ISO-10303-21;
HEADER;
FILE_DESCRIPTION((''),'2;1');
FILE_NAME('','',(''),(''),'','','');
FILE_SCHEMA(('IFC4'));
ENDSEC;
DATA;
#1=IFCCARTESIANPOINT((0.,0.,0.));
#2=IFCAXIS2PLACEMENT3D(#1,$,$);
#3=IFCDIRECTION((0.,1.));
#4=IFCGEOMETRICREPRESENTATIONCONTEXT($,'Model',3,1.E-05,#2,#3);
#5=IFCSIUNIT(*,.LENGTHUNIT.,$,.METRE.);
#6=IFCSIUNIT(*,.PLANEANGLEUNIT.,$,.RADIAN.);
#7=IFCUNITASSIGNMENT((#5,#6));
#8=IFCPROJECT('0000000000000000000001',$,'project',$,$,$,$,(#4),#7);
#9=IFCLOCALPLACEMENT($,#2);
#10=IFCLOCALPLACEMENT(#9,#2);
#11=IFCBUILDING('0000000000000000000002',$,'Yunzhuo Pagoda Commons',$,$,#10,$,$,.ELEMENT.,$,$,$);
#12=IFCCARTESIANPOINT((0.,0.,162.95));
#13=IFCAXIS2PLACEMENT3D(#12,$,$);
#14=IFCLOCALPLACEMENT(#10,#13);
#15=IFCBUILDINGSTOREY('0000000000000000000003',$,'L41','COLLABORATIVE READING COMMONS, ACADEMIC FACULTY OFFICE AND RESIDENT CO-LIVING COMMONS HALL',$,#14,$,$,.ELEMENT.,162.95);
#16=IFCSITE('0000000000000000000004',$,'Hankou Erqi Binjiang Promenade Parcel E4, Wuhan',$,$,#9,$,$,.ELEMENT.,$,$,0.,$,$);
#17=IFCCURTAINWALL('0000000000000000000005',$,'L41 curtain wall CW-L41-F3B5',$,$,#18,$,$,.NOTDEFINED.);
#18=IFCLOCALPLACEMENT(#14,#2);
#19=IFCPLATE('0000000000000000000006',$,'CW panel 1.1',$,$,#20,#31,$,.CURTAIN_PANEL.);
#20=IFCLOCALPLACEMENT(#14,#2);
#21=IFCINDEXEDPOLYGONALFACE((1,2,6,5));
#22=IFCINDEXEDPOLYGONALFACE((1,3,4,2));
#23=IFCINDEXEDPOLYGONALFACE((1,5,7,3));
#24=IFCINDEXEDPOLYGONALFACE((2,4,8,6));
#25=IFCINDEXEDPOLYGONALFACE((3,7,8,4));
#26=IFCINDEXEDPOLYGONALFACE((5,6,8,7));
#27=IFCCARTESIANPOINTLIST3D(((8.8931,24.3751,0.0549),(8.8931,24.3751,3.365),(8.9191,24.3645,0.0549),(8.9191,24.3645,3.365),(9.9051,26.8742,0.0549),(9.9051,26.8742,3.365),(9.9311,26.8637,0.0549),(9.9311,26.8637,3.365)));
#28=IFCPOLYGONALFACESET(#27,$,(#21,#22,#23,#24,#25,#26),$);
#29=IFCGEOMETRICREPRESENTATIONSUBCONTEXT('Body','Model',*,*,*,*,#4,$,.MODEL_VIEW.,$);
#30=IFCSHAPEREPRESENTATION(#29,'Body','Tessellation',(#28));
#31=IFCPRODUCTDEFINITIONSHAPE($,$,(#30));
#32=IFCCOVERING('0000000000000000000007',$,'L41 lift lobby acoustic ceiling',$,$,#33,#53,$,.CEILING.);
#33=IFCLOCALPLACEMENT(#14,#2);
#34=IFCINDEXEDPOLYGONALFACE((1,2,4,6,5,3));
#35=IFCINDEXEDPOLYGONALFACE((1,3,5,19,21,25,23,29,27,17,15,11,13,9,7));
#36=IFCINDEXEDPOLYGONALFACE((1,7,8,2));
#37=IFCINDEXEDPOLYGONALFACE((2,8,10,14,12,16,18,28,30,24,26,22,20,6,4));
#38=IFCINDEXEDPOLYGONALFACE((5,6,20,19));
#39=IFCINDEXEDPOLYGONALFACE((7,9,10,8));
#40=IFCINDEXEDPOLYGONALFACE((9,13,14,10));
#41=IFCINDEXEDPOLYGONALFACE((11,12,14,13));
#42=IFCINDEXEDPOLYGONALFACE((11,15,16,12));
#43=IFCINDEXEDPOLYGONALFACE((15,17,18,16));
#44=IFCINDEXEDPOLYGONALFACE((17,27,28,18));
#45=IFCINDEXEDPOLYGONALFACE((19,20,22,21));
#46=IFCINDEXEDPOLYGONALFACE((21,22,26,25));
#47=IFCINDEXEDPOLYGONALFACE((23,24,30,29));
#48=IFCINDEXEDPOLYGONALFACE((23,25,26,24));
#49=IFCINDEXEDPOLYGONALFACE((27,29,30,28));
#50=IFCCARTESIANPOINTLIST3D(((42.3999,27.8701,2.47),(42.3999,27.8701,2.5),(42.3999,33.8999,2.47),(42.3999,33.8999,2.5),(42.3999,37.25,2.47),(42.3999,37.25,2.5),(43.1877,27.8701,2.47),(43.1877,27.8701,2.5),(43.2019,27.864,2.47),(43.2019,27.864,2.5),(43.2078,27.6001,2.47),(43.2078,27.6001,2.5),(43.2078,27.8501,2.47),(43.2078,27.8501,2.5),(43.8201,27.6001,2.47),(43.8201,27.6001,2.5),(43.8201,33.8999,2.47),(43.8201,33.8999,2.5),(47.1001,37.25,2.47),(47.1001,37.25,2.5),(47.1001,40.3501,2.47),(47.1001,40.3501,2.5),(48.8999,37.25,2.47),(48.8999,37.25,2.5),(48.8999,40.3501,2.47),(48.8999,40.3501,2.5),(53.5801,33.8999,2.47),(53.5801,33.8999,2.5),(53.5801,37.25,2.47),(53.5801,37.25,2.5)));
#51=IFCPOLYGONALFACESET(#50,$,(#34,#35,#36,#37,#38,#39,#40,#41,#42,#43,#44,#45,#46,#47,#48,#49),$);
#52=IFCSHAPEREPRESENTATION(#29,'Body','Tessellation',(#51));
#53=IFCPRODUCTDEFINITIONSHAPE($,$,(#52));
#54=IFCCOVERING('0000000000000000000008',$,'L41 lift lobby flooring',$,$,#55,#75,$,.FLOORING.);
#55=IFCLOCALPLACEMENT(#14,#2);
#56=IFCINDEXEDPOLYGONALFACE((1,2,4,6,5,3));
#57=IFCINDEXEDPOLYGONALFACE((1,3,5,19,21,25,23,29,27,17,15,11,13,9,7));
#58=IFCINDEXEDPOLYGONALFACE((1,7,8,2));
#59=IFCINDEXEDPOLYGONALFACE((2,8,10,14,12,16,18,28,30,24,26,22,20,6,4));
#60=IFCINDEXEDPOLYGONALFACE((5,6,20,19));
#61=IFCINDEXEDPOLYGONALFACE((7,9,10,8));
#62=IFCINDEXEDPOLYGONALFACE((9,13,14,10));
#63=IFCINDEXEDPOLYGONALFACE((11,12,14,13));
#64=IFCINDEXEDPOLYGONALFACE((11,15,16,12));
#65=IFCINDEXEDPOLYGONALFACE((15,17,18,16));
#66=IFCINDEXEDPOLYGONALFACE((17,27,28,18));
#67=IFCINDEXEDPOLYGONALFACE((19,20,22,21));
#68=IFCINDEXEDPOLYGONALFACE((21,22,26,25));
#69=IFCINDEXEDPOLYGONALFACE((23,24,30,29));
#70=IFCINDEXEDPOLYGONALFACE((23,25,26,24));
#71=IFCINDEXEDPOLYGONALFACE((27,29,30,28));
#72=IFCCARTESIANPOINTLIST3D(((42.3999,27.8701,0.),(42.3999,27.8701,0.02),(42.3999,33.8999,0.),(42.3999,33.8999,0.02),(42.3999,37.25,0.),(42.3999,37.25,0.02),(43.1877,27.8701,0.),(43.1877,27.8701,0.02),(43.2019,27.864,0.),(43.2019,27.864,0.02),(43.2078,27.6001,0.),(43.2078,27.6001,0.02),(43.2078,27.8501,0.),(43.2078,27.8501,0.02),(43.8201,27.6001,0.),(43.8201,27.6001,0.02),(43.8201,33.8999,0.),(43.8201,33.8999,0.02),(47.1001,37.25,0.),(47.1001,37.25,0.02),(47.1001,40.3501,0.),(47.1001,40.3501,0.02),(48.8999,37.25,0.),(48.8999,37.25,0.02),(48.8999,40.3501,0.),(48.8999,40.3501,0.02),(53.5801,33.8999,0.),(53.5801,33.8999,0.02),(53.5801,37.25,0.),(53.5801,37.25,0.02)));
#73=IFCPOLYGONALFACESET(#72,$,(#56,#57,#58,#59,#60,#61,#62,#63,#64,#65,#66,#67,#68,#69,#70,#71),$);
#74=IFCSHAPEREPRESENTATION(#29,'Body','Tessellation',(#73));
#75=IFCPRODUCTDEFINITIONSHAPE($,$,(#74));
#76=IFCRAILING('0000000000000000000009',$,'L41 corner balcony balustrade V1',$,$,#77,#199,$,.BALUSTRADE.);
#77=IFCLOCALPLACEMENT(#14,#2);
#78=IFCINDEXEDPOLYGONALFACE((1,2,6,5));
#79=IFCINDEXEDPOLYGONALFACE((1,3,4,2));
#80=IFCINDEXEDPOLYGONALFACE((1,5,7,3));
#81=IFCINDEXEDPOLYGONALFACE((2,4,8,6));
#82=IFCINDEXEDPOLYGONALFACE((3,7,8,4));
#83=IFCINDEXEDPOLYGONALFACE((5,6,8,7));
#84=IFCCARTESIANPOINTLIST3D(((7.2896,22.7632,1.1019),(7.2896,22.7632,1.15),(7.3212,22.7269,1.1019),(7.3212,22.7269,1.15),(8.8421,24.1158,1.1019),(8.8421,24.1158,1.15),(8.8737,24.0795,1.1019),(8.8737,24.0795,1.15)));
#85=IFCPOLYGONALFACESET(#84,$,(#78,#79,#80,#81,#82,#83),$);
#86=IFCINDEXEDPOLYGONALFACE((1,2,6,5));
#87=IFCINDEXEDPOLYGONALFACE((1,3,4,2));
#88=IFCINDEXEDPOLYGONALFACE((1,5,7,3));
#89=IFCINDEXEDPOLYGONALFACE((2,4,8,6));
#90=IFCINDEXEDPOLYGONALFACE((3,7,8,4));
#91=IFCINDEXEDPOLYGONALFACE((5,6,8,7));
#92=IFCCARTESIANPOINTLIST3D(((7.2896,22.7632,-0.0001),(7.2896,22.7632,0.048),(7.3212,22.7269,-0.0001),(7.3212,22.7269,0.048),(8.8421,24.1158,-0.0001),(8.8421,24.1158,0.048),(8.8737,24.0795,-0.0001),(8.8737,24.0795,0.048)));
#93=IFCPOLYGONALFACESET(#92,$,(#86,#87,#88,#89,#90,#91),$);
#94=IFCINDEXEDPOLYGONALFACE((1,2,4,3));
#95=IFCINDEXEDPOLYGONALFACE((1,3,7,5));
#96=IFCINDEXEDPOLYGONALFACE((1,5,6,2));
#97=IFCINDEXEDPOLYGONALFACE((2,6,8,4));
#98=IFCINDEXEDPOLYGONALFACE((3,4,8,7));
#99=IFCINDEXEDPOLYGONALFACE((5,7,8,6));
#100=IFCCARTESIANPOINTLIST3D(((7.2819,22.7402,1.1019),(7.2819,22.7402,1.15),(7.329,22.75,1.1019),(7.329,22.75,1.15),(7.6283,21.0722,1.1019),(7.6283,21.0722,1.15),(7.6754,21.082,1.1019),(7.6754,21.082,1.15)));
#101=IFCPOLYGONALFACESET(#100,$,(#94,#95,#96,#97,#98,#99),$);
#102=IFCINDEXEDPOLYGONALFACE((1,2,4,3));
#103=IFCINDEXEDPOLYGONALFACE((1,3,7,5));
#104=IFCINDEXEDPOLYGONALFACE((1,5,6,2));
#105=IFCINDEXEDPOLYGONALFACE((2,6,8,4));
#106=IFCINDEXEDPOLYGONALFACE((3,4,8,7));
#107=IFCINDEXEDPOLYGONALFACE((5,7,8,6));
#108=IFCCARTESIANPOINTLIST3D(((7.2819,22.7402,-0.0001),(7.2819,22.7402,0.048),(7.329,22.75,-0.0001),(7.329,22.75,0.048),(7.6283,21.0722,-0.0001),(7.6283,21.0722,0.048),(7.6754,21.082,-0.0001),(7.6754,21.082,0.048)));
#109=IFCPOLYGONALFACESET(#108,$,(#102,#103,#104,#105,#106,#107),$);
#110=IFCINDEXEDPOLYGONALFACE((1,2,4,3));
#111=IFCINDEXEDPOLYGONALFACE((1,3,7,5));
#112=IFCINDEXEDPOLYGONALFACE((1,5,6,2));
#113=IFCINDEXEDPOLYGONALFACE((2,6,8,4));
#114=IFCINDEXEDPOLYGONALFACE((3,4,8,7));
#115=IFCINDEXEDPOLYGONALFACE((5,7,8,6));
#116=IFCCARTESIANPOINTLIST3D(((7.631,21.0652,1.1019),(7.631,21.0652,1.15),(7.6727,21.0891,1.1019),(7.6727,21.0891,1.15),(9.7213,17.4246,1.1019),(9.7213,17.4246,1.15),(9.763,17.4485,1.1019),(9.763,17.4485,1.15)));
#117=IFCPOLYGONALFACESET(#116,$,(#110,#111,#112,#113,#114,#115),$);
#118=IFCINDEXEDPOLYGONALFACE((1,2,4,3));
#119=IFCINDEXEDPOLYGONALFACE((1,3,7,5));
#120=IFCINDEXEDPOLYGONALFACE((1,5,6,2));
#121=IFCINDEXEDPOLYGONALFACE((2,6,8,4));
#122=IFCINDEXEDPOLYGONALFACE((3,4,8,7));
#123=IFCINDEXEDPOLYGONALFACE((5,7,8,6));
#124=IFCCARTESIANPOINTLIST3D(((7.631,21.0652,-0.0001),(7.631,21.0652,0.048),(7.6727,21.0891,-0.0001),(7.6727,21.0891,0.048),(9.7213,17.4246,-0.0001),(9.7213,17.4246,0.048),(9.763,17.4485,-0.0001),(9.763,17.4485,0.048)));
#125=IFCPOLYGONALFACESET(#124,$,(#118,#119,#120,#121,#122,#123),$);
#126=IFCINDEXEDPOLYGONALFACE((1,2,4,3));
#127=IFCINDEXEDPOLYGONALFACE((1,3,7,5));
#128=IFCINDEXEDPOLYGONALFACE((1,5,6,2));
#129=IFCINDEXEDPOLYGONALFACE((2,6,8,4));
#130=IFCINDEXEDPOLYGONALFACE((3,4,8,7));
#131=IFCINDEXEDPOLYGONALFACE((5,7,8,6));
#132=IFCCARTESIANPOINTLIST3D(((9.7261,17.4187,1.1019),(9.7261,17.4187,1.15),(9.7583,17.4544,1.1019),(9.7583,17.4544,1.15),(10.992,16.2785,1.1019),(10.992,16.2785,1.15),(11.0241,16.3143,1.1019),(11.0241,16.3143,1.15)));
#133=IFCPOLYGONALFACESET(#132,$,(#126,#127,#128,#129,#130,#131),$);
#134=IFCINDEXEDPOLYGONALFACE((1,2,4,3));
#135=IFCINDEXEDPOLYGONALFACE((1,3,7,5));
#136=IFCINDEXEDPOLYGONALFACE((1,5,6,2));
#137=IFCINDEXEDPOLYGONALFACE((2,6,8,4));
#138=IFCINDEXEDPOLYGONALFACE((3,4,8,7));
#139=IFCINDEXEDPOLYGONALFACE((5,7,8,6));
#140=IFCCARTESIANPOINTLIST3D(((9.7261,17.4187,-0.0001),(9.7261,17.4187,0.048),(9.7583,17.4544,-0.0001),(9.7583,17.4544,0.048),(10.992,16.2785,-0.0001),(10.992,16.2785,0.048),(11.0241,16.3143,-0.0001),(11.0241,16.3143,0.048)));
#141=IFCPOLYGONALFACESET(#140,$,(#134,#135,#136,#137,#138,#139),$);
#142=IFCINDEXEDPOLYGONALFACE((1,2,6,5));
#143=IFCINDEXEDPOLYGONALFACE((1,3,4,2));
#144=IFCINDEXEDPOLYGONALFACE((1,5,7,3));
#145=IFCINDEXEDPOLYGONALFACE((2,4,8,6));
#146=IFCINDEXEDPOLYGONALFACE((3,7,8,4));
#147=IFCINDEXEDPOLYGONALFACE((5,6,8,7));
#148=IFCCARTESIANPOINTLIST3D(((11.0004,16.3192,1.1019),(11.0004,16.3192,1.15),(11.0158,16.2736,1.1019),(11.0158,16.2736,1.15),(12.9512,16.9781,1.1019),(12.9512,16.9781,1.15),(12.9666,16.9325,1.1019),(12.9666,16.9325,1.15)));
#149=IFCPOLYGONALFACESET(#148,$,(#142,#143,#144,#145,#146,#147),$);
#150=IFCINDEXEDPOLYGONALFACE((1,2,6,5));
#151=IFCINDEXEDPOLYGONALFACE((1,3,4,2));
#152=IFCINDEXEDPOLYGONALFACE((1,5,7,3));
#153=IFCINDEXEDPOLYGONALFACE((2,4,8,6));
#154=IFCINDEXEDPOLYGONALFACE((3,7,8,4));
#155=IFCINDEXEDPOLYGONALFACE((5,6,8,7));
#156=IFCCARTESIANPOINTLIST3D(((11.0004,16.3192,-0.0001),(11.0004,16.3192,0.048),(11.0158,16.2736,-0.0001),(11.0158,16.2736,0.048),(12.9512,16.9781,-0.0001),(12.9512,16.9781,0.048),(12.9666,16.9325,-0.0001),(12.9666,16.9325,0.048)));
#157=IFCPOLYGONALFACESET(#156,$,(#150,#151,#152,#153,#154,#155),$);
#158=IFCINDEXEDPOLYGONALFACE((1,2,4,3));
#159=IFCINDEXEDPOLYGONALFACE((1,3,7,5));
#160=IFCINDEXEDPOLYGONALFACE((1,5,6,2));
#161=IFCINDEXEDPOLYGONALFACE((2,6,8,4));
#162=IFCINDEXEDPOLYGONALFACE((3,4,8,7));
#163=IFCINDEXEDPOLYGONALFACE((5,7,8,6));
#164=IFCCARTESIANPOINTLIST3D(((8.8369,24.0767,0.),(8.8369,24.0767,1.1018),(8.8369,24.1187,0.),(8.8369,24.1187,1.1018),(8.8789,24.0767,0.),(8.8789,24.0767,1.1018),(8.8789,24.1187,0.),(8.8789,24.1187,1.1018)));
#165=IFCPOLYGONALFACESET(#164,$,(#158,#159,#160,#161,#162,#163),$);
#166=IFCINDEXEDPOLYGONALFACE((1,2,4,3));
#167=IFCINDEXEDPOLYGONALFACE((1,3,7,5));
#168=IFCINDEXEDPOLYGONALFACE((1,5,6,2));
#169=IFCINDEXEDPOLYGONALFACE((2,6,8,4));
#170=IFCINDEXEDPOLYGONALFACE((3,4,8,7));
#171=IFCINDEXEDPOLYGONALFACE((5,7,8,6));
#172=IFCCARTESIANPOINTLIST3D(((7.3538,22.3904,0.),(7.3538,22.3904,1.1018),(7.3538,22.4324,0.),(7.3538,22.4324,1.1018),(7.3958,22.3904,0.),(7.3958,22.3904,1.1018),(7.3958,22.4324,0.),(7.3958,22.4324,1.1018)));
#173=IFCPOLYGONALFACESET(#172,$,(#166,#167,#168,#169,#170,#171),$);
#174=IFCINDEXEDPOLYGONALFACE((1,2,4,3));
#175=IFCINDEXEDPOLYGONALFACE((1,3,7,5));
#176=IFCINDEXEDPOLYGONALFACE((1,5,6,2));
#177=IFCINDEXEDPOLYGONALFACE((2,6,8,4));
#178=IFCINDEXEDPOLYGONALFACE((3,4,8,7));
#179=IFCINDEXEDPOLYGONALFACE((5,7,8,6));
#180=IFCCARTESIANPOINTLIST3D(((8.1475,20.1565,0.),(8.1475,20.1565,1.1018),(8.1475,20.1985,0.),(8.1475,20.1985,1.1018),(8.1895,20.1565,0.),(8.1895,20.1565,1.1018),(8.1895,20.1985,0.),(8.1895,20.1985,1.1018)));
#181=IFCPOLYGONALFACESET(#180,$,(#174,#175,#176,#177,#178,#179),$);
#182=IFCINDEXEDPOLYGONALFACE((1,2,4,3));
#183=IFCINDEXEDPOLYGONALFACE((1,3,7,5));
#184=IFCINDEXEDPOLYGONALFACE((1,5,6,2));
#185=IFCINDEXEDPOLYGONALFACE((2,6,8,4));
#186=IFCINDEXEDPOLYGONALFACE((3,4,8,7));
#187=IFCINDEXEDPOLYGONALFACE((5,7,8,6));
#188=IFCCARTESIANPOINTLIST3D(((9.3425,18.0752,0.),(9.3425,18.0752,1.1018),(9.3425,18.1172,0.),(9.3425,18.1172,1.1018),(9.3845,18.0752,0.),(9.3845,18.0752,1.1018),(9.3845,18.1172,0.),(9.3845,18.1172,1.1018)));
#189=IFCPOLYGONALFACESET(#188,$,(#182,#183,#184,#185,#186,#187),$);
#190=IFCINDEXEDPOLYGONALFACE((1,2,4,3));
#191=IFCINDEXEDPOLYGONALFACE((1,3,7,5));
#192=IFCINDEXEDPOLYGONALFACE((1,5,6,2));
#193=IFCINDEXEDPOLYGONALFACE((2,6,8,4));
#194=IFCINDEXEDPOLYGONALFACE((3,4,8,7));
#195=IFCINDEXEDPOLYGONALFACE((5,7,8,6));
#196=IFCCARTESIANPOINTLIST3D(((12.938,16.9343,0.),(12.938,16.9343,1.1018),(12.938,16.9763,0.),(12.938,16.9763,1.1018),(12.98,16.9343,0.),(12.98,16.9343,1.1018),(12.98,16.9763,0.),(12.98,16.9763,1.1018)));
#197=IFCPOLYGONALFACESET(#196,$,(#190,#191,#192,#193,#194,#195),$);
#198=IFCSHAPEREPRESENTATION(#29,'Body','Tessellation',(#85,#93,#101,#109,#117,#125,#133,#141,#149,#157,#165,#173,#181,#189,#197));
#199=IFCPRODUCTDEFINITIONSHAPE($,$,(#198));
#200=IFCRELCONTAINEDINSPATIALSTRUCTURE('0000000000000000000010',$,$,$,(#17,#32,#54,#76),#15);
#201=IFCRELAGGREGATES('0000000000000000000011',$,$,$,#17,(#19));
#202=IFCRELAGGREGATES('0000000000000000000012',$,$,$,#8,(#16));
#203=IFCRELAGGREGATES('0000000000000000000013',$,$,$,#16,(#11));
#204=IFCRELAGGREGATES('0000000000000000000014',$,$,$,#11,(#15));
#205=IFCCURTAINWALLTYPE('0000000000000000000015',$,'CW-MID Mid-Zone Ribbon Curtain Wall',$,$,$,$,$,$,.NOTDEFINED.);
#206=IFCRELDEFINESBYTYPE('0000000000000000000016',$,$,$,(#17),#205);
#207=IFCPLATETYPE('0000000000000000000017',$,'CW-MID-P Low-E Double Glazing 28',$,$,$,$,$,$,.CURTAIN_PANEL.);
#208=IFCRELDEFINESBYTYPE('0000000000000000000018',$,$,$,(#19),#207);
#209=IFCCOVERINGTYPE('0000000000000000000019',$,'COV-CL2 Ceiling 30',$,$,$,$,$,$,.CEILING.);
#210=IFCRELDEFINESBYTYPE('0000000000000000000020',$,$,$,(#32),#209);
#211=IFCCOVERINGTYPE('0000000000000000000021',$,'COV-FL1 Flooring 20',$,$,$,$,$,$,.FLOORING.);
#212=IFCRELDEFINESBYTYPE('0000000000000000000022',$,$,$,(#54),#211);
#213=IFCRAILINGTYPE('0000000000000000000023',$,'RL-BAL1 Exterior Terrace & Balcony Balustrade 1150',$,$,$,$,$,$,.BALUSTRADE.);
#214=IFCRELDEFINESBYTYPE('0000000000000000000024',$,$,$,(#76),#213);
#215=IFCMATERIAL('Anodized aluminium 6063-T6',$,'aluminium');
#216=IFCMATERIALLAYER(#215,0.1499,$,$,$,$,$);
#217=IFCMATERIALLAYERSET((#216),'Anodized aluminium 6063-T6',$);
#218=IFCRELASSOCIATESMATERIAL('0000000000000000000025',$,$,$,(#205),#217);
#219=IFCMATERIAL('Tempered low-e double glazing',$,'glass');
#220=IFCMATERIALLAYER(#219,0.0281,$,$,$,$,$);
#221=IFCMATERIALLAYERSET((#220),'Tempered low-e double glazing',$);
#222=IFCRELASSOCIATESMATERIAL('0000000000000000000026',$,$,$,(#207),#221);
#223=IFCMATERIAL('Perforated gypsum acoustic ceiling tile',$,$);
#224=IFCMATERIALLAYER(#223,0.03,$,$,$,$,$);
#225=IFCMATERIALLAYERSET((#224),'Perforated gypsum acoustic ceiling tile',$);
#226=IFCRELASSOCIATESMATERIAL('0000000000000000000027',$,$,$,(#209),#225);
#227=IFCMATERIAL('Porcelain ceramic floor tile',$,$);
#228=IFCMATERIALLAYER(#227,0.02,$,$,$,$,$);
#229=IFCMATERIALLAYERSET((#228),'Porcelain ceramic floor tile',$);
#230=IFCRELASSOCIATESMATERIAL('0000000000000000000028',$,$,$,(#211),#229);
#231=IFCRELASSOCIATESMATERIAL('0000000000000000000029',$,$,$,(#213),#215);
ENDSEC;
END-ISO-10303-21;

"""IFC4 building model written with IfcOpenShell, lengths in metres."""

from ifc_helpers import new_model, si_unit, direction, frame, origin, origin_2d, place, context, subcontext, project, spatial, polyline, rectangle, outline, extrude, source, transform, mapped, material, layer, layer_set, type_object, element, aggregate, save


model = new_model("IFC4")

# Units and contexts
model_context = context("Model", 3, precision=1e-05, world=origin(), true_north=direction((0.0, 1.0)))
body_context = subcontext(model_context, "Body", "Model", "MODEL_VIEW")
ifc_project = project(units=[si_unit("LENGTHUNIT", "METRE"), si_unit("PLANEANGLEUNIT", "RADIAN")], contexts=[model_context])

# Site, building, storey
site_placement = place(None, origin())
site = spatial("IfcSite", under=ifc_project, at=site_placement, Name="Hankou Erqi Binjiang Promenade Parcel E4, Wuhan", CompositionType="ELEMENT", RefElevation=0.0)
building_placement = place(site_placement, origin())
building = spatial("IfcBuilding", under=site, at=building_placement, Name="Yunzhuo Pagoda Commons", CompositionType="ELEMENT")
storey_placement = place(building_placement, frame((0.0, 0.0, 162.95)))
storey = spatial("IfcBuildingStorey", under=building, at=storey_placement, Name="L41", Description="COLLABORATIVE READING COMMONS, ACADEMIC FACULTY OFFICE AND RESIDENT CO-LIVING COMMONS HALL", CompositionType="ELEMENT", Elevation=162.95)

# Shared definitions
ifc_material_1 = material(Name="Anodized aluminium 6063-T6", Category="aluminium")
ifc_layer_1 = layer(ifc_material_1, 0.1499)
ifc_layer_set_1 = layer_set([ifc_layer_1], Name="Anodized aluminium 6063-T6")
curtain_wall_type = type_object("IfcCurtainWallType", Name="CW-MID Mid-Zone Ribbon Curtain Wall", PredefinedType="NOTDEFINED", material=ifc_layer_set_1)

# Curtain wall
curtain_wall_1_placement = place(storey_placement, origin())
curtain_wall_1 = element("IfcCurtainWall", 1, at=curtain_wall_1_placement, inside=storey, type_object=curtain_wall_type, Name="L41 curtain wall CW-L41-F3B5", PredefinedType="NOTDEFINED")

# Plate
ifc_material_2 = material(Name="Tempered low-e double glazing", Category="glass")
ifc_layer_2 = layer(ifc_material_2, 0.0281)
ifc_layer_set_2 = layer_set([ifc_layer_2], Name="Tempered low-e double glazing")
plate_type = type_object("IfcPlateType", Name="CW-MID-P Low-E Double Glazing 28", PredefinedType="CURTAIN_PANEL", material=ifc_layer_set_2)
shared_shape_1 = source(origin(), body_context, "Body", "SweptSolid", [
    extrude(rectangle(XDim=2.6963, YDim=0.0281, at=origin_2d()), origin(), (0.0, 0.0, 1.0), 3.3101),
])
plate_placement = place(storey_placement, frame((9.4121, 25.6194, 0.0549), z_axis=(0.0, 0.0, 1.0), x_axis=(-0.375318, -0.926896, 0.0)))
plate = element("IfcPlate", 2, at=plate_placement, type_object=plate_type, Name="CW panel 1.1", PredefinedType="CURTAIN_PANEL", context=body_context, shape_type="MappedRepresentation", body=[
    mapped(shared_shape_1, transform((0.0, 0.0, 0.0), scale=1.0)),
])
aggregate(curtain_wall_1, [plate])

# Coverings
ifc_material_3 = material(Name="Perforated gypsum acoustic ceiling tile")
ifc_layer_3 = layer(ifc_material_3, 0.03)
ifc_layer_set_3 = layer_set([ifc_layer_3], Name="Perforated gypsum acoustic ceiling tile")
covering_type_1 = type_object("IfcCoveringType", Name="COV-CL2 Ceiling 30", PredefinedType="CEILING", material=ifc_layer_set_3)
covering_1_placement = place(storey_placement, frame((0.0, 0.0, 2.47)))
element("IfcCovering", 3, at=covering_1_placement, inside=storey, type_object=covering_type_1, Name="L41 lift lobby acoustic ceiling", PredefinedType="CEILING", context=body_context, shape_type="SweptSolid", body=[
    extrude(outline(polyline([(43.2078, 27.8501), (43.2019, 27.864), (43.1877, 27.8701), (42.3999, 27.8701), (42.3999, 33.8999), (42.3999, 37.25), (47.1001, 37.25), (47.1001, 40.3501), (48.8999, 40.3501), (48.8999, 37.25), (53.5801, 37.25), (53.5801, 33.8999), (43.8201, 33.8999), (43.8201, 27.6001), (43.2078, 27.6001), (43.2078, 27.8501)])), origin(), (0.0, 0.0, 1.0), 0.03),
])
ifc_material_4 = material(Name="Porcelain ceramic floor tile")
ifc_layer_4 = layer(ifc_material_4, 0.02)
ifc_layer_set_4 = layer_set([ifc_layer_4], Name="Porcelain ceramic floor tile")
covering_type_2 = type_object("IfcCoveringType", Name="COV-FL1 Flooring 20", PredefinedType="FLOORING", material=ifc_layer_set_4)
covering_2_placement = place(storey_placement, origin())
element("IfcCovering", 4, at=covering_2_placement, inside=storey, type_object=covering_type_2, Name="L41 lift lobby flooring", PredefinedType="FLOORING", context=body_context, shape_type="SweptSolid", body=[
    extrude(outline(polyline([(43.2078, 27.8501), (43.2019, 27.864), (43.1877, 27.8701), (42.3999, 27.8701), (42.3999, 33.8999), (42.3999, 37.25), (47.1001, 37.25), (47.1001, 40.3501), (48.8999, 40.3501), (48.8999, 37.25), (53.5801, 37.25), (53.5801, 33.8999), (43.8201, 33.8999), (43.8201, 27.6001), (43.2078, 27.6001), (43.2078, 27.8501)])), origin(), (0.0, 0.0, 1.0), 0.02),
])

# Railing
railing_type = type_object("IfcRailingType", Name="RL-BAL1 Exterior Terrace & Balcony Balustrade 1150", PredefinedType="BALUSTRADE", material=ifc_material_1)
railing_placement = place(storey_placement, frame((8.8579, 24.0977, 0.0)))
element("IfcRailing", 5, at=railing_placement, inside=storey, type_object=railing_type, Name="L41 corner balcony balustrade V1", PredefinedType="BALUSTRADE", context=body_context, shape_type="SweptSolid", body=[
    extrude(rectangle(XDim=0.0481, YDim=0.0481, at=origin_2d()), frame((0.0, 0.0, 1.126), z_axis=(-0.753993, -0.656883, 0.0), x_axis=(0.656883, -0.753993, 0.0)), (0.0, 0.0, 1.0), 2.0591),
    extrude(rectangle(XDim=0.0481, YDim=0.0481, at=origin_2d()), frame((0.0, 0.0, 0.0239), z_axis=(-0.753993, -0.656883, 0.0), x_axis=(0.656883, -0.753993, 0.0)), (0.0, 0.0, 1.0), 2.0591),
    extrude(rectangle(XDim=0.0481, YDim=0.0481, at=origin_2d()), frame((-1.5525, -1.3525, 1.126), z_axis=(0.203359, -0.979104, 0.0), x_axis=(0.979104, 0.203359, 0.0)), (0.0, 0.0, 1.0), 1.7036),
    extrude(rectangle(XDim=0.0481, YDim=0.0481, at=origin_2d()), frame((-1.5525, -1.3525, 0.0239), z_axis=(0.203359, -0.979104, 0.0), x_axis=(0.979104, 0.203359, 0.0)), (0.0, 0.0, 1.0), 1.7036),
    extrude(rectangle(XDim=0.0481, YDim=0.0481, at=origin_2d()), frame((-1.2061, -3.0205, 1.126), z_axis=(0.497929, -0.867218, 0.0), x_axis=(0.867218, 0.497929, 0.0)), (0.0, 0.0, 1.0), 4.198),
    extrude(rectangle(XDim=0.0481, YDim=0.0481, at=origin_2d()), frame((-1.2061, -3.0205, 0.0239), z_axis=(0.497929, -0.867218, 0.0), x_axis=(0.867218, 0.497929, 0.0)), (0.0, 0.0, 1.0), 4.198),
    extrude(rectangle(XDim=0.0481, YDim=0.0481, at=origin_2d()), frame((0.8843, -6.6611, 1.126), z_axis=(0.743045, -0.669242, 0.0), x_axis=(0.669242, 0.743045, 0.0)), (0.0, 0.0, 1.0), 1.7036),
    extrude(rectangle(XDim=0.0481, YDim=0.0481, at=origin_2d()), frame((0.8843, -6.6611, 0.0239), z_axis=(0.743045, -0.669242, 0.0), x_axis=(0.669242, 0.743045, 0.0)), (0.0, 0.0, 1.0), 1.7036),
    extrude(rectangle(XDim=0.0481, YDim=0.0481, at=origin_2d()), frame((2.1501, -7.8013, 1.126), z_axis=(0.947419, 0.319996, 0.0), x_axis=(-0.319996, 0.947419, 0.0)), (0.0, 0.0, 1.0), 2.0591),
    extrude(rectangle(XDim=0.0481, YDim=0.0481, at=origin_2d()), frame((2.1501, -7.8013, 0.0239), z_axis=(0.947419, 0.319996, 0.0), x_axis=(-0.319996, 0.947419, 0.0)), (0.0, 0.0, 1.0), 2.0591),
    extrude(rectangle(XDim=0.042, YDim=0.042, at=origin_2d()), origin(), (0.0, 0.0, 1.0), 1.1018),
    extrude(rectangle(XDim=0.042, YDim=0.042, at=origin_2d()), frame((-1.4832, -1.6863, 0.0)), (0.0, 0.0, 1.0), 1.1018),
    extrude(rectangle(XDim=0.042, YDim=0.042, at=origin_2d()), frame((-0.6895, -3.9202, 0.0)), (0.0, 0.0, 1.0), 1.1018),
    extrude(rectangle(XDim=0.042, YDim=0.042, at=origin_2d()), frame((0.5056, -6.0015, 0.0)), (0.0, 0.0, 1.0), 1.1018),
    extrude(rectangle(XDim=0.042, YDim=0.042, at=origin_2d()), frame((4.1011, -7.1423, 0.0)), (0.0, 0.0, 1.0), 1.1018),
])

save(model, "model.ifc")
